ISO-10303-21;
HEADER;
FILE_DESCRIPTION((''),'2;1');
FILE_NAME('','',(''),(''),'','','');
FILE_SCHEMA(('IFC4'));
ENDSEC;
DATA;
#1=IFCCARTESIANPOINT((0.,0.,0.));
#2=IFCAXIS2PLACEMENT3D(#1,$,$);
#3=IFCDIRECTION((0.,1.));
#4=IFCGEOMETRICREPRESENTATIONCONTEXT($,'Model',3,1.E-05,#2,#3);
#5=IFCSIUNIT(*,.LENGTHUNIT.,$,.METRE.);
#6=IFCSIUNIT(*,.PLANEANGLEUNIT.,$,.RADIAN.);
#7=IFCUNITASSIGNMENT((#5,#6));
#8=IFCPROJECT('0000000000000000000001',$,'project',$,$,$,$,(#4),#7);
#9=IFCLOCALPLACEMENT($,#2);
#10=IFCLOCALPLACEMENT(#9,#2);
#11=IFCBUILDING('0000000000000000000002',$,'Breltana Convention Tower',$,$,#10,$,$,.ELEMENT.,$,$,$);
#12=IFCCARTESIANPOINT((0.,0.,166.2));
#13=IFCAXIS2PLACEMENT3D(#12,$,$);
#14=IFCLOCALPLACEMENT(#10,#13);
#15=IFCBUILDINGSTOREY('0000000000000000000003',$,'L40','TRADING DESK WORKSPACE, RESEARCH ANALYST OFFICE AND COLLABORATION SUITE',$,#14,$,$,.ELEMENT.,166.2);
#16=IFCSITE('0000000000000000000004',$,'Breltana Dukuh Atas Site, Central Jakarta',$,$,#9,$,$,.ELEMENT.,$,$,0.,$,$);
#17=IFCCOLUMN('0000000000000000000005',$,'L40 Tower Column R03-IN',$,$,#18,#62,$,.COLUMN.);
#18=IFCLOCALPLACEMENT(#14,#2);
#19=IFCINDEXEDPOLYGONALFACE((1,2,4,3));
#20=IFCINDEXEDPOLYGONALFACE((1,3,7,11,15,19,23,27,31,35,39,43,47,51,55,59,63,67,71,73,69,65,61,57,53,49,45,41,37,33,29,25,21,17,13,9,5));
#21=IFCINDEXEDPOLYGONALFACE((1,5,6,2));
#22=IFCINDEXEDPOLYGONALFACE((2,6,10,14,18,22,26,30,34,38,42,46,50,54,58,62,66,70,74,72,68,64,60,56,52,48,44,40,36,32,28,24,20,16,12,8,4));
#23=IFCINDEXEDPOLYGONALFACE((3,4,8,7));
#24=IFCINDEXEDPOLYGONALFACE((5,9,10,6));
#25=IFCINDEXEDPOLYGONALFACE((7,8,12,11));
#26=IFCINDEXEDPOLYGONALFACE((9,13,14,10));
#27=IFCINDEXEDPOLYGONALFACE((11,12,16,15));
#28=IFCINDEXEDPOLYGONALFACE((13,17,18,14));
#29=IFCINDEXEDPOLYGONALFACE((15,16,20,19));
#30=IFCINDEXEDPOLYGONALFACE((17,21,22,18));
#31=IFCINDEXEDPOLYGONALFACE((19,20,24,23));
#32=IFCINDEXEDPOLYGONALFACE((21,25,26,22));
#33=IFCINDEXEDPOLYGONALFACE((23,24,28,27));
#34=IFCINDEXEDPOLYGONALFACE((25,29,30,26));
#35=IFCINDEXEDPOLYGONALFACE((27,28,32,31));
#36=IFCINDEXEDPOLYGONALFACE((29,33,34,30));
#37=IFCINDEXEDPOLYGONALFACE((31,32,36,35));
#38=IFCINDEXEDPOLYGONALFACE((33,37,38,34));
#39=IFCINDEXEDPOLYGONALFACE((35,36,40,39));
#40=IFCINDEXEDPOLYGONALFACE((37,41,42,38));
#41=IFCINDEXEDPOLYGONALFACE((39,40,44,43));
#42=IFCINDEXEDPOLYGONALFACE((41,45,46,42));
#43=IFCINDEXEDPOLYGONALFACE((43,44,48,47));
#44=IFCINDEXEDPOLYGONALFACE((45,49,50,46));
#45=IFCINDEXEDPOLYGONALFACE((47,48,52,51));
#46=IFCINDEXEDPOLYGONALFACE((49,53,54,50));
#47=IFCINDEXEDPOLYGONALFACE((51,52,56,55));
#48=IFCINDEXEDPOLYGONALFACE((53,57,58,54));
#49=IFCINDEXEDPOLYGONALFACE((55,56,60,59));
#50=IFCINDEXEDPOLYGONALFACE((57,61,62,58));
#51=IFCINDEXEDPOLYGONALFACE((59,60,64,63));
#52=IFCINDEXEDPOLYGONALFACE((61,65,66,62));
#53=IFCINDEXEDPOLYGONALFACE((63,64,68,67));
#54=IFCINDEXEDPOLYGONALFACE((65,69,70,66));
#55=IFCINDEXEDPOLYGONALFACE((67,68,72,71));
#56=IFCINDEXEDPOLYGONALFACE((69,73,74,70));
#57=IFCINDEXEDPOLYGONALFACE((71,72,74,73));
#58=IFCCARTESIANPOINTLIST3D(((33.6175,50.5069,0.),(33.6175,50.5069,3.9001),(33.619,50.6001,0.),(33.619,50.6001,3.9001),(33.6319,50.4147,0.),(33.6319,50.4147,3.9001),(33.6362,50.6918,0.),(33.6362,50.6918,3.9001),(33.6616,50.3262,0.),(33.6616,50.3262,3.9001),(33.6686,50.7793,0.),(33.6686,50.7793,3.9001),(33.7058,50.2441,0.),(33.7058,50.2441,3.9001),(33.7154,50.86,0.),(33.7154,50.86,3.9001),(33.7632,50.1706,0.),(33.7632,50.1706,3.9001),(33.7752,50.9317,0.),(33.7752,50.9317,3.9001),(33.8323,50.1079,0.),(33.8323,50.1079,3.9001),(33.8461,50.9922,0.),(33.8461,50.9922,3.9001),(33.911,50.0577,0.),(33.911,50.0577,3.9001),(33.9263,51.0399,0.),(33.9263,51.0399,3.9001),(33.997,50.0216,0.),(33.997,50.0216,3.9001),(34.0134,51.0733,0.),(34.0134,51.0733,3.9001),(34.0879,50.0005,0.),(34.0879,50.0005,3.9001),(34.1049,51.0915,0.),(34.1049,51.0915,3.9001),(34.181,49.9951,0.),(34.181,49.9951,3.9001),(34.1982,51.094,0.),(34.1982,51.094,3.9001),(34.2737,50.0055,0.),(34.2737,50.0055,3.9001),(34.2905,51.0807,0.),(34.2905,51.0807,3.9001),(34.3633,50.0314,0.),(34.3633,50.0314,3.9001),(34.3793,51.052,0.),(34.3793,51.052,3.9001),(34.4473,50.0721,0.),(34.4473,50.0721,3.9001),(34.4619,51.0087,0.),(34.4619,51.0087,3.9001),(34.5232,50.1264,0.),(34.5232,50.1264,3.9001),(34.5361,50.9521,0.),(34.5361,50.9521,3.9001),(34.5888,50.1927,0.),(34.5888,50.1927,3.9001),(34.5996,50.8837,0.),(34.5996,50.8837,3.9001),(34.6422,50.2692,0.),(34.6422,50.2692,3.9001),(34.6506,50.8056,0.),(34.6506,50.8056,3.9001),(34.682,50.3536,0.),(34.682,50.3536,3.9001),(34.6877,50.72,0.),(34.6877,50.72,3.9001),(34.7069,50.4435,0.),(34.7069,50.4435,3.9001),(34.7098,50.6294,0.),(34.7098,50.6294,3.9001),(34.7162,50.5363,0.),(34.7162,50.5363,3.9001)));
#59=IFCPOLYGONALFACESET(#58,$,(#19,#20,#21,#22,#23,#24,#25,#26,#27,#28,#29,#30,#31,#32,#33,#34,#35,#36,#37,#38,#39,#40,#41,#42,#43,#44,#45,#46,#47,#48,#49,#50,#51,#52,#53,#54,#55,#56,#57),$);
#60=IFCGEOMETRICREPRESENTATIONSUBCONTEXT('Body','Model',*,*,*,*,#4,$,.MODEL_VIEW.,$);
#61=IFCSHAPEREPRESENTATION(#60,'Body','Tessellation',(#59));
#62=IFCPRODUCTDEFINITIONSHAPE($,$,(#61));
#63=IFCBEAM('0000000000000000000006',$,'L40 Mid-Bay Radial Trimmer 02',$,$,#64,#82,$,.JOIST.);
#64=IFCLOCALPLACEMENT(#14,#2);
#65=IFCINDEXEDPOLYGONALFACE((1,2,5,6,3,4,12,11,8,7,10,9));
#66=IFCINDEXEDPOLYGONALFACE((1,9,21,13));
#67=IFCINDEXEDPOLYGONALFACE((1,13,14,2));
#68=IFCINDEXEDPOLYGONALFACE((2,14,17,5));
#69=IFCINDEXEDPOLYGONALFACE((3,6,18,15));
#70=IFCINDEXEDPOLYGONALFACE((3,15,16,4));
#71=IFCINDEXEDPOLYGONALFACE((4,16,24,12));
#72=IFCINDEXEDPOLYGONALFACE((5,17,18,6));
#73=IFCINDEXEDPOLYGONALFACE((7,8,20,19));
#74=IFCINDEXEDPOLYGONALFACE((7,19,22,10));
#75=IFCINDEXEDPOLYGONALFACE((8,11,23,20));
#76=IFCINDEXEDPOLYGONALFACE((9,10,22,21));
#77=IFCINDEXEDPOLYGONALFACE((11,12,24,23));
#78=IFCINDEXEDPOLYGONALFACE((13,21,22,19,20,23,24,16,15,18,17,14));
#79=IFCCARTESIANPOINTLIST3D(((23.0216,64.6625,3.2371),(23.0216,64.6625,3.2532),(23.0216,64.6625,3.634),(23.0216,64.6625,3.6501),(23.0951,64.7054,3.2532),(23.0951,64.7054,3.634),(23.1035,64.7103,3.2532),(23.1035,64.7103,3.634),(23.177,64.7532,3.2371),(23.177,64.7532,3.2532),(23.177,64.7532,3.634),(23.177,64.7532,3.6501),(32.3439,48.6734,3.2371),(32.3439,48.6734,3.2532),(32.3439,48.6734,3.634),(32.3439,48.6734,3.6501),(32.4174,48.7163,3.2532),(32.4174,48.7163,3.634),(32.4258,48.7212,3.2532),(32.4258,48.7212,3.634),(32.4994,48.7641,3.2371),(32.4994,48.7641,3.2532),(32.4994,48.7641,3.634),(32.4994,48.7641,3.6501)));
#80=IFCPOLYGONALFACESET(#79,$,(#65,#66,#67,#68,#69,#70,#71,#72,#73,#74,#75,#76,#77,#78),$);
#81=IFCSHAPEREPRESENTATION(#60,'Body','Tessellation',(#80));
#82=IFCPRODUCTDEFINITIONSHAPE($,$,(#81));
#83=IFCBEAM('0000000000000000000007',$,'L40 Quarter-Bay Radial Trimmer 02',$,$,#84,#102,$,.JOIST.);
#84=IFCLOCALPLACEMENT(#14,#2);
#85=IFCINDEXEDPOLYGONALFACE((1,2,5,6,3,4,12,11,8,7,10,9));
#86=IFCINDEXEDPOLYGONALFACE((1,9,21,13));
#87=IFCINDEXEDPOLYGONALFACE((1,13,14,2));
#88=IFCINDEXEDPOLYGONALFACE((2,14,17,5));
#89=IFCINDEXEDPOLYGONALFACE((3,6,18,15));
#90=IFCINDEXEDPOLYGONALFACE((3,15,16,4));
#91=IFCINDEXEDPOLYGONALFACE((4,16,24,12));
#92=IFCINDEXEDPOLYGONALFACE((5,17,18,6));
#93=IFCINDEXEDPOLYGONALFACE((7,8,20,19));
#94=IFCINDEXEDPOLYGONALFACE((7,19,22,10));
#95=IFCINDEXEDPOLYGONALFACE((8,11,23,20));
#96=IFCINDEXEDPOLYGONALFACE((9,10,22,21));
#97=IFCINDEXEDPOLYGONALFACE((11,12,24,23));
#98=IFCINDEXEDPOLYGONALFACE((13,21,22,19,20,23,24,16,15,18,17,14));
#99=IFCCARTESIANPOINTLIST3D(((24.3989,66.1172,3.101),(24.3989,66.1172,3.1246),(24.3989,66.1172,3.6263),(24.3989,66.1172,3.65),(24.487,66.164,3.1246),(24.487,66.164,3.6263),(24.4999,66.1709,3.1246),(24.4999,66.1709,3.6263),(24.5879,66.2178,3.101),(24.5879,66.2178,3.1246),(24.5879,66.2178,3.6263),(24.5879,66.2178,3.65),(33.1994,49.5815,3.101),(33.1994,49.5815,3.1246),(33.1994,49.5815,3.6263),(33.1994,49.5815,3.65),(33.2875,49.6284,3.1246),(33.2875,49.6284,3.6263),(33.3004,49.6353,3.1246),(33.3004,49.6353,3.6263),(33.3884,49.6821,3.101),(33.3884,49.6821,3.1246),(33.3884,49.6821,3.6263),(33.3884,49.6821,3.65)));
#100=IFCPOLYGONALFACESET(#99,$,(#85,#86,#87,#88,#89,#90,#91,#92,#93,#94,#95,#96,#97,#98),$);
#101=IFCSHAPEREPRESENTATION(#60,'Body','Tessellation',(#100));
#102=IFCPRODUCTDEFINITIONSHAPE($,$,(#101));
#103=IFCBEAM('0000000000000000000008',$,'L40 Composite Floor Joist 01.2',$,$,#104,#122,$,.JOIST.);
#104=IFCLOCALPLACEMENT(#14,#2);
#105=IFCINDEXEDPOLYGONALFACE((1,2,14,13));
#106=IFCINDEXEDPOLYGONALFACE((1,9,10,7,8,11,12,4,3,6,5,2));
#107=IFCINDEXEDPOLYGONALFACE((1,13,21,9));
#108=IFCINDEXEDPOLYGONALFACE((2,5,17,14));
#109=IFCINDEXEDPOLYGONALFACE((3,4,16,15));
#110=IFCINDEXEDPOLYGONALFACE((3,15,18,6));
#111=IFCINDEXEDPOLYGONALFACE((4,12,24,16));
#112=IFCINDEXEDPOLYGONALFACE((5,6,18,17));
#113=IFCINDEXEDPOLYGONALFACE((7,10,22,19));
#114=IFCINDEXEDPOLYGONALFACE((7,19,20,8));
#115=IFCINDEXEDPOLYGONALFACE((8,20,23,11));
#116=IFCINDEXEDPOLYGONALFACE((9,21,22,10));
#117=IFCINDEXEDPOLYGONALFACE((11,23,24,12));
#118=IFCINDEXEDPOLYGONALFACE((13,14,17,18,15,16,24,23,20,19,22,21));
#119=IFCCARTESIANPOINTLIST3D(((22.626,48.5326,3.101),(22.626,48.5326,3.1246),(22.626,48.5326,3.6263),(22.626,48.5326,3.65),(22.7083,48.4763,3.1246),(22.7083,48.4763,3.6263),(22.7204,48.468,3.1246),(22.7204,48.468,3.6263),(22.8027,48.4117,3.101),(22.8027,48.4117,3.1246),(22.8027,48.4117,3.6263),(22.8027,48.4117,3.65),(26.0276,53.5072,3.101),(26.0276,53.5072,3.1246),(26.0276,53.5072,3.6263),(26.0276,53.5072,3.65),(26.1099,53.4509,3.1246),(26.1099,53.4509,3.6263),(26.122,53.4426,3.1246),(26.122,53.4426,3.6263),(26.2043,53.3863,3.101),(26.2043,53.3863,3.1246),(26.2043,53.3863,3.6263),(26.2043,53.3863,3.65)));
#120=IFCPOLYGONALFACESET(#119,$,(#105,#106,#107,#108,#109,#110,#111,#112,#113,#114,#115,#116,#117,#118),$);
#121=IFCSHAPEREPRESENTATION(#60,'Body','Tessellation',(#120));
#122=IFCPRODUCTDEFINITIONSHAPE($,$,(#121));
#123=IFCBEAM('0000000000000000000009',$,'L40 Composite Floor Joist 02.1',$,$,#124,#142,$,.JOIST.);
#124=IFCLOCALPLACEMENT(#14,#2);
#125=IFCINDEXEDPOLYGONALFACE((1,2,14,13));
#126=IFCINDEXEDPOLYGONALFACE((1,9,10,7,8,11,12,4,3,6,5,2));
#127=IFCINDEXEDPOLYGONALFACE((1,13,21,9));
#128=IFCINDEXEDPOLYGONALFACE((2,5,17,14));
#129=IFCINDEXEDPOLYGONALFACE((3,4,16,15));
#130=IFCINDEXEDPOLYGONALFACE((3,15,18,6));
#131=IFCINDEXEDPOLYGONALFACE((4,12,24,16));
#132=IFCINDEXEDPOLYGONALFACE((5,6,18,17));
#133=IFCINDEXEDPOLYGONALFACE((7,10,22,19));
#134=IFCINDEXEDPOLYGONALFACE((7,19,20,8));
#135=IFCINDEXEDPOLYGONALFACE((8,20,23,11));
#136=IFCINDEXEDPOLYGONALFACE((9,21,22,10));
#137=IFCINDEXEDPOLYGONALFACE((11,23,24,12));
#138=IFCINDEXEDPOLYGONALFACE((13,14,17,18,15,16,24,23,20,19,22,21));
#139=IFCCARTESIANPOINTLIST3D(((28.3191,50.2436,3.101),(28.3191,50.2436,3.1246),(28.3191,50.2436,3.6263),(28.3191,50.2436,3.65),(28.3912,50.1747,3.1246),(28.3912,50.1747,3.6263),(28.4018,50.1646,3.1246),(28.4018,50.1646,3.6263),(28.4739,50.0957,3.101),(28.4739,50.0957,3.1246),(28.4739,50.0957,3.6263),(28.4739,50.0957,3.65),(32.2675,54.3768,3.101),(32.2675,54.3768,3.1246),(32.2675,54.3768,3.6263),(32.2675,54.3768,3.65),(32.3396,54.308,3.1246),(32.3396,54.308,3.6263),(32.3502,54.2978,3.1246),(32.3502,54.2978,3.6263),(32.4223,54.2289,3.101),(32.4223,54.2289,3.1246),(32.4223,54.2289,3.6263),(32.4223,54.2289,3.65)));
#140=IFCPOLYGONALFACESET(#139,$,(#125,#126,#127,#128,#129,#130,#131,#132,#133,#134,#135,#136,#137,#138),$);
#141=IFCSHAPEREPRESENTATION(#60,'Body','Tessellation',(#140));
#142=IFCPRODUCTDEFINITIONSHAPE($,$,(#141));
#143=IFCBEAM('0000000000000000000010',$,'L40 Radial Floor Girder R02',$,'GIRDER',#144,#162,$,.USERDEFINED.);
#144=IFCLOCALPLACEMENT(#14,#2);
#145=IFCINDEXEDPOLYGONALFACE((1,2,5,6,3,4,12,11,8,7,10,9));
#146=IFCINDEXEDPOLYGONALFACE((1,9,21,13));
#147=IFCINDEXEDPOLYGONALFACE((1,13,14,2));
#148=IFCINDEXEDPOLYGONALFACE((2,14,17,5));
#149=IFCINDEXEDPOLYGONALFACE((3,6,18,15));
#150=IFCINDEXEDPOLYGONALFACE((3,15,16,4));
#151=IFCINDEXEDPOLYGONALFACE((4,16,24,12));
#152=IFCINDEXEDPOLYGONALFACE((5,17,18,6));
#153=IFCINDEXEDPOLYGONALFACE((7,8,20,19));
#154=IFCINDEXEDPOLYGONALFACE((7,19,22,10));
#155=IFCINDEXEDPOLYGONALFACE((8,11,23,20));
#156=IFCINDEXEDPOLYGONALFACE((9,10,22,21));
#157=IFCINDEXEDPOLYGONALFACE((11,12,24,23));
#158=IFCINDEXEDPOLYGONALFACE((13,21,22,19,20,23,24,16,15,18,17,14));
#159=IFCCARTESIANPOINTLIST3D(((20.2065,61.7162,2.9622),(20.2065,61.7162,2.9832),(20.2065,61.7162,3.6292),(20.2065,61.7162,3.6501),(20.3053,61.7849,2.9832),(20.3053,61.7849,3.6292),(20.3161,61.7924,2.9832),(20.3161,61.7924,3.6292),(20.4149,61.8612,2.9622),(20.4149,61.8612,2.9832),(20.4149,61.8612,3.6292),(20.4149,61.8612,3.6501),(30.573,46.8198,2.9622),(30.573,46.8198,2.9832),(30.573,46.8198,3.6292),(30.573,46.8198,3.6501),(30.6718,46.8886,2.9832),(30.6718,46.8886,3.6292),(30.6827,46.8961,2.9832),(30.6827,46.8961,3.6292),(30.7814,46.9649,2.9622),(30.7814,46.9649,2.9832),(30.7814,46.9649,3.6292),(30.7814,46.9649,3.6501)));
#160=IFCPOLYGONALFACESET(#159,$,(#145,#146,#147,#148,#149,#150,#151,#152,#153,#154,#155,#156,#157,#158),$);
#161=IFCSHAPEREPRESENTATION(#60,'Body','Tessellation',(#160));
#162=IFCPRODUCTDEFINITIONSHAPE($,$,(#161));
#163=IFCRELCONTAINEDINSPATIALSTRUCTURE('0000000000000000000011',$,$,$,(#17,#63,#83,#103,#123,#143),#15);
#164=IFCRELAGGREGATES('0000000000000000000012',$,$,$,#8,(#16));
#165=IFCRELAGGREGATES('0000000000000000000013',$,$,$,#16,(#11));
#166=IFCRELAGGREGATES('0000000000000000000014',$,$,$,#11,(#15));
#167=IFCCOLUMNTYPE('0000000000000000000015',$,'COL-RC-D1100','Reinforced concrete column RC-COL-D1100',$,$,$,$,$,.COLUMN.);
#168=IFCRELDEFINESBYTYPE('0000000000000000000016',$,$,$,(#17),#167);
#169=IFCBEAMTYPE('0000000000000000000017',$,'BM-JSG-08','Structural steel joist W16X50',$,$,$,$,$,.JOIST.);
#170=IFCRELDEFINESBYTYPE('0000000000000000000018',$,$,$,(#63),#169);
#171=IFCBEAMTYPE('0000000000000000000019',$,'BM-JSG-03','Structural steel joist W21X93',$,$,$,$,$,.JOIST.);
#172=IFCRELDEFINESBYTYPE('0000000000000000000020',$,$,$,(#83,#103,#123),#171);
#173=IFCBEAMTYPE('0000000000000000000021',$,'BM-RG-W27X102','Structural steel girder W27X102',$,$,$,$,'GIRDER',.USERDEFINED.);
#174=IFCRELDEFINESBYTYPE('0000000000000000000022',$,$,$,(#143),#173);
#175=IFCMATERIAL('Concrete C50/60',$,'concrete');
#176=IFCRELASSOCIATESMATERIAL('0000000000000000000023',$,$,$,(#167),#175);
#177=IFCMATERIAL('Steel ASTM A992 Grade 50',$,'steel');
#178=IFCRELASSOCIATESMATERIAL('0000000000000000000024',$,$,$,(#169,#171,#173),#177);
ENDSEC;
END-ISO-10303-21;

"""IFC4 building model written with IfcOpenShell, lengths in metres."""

from ifc_helpers import new_model, si_unit, direction, frame, origin, origin_2d, place, context, subcontext, project, spatial, circle, i_section, extrude, source, transform, mapped, material, material_profile, profile_set, type_object, element, save


model = new_model("IFC4")

# Units and contexts
model_context = context("Model", 3, precision=1e-05, world=origin(), true_north=direction((0.0, 1.0)))
body_context = subcontext(model_context, "Body", "Model", "MODEL_VIEW")
ifc_project = project(units=[si_unit("LENGTHUNIT", "METRE"), si_unit("PLANEANGLEUNIT", "RADIAN")], contexts=[model_context])

# Site, building, storey
site_placement = place(None, origin())
site = spatial("IfcSite", under=ifc_project, at=site_placement, Name="Breltana Dukuh Atas Site, Central Jakarta", CompositionType="ELEMENT", RefElevation=0.0)
building_placement = place(site_placement, origin())
building = spatial("IfcBuilding", under=site, at=building_placement, Name="Breltana Convention Tower", CompositionType="ELEMENT")
storey_placement = place(building_placement, frame((0.0, 0.0, 166.2)))
storey = spatial("IfcBuildingStorey", under=building, at=storey_placement, Name="L40", Description="TRADING DESK WORKSPACE, RESEARCH ANALYST OFFICE AND COLLABORATION SUITE", CompositionType="ELEMENT", Elevation=166.2)

# Column
ifc_material_1 = material(Name="Concrete C50/60", Category="concrete")
ifc_material_profile_1 = material_profile(ifc_material_1, circle(Radius=0.55, at=origin_2d()), Name="RC-COL-D1100")
ifc_profile_set_1 = profile_set([ifc_material_profile_1], Name="Concrete C50/60")
column_type = type_object("IfcColumnType", Name="COL-RC-D1100", Description="Reinforced concrete column RC-COL-D1100", PredefinedType="COLUMN", material=ifc_profile_set_1)
shared_shape_1 = source(origin(), body_context, "Body", "SweptSolid", [
    extrude(circle(Radius=0.55, at=origin_2d()), origin(), (0.0, 0.0, 1.0), 3.9001),
])
for number, where, z_axis, x_axis, name in (
    (1, (34.1663, 50.5449, 0.0), (0.0, 0.0, 1.0), (-0.436174, 0.899863, 0.0), "L40 Tower Column R03-IN"),
):
    element("IfcColumn", number, at=place(storey_placement, frame(where, z_axis=z_axis, x_axis=x_axis)), inside=storey, type_object=column_type, Name=name, PredefinedType="COLUMN", context=body_context, shape_type="MappedRepresentation", body=[
        mapped(shared_shape_1, transform((0.0, 0.0, 0.0), scale=1.0)),
    ])

# Beams
ifc_material_2 = material(Name="Steel ASTM A992 Grade 50", Category="steel")
ifc_material_profile_2 = material_profile(ifc_material_2, i_section(OverallWidth=0.1799, OverallDepth=0.4131, WebThickness=0.0098, FlangeThickness=0.0161, at=origin_2d()), Name="W16X50")
ifc_profile_set_2 = profile_set([ifc_material_profile_2], Name="Steel ASTM A992 Grade 50")
beam_type_1 = type_object("IfcBeamType", Name="BM-JSG-08", Description="Structural steel joist W16X50", PredefinedType="JOIST", material=ifc_profile_set_2)
shared_shape_2 = source(origin(), body_context, "Body", "SweptSolid", [
    extrude(i_section(OverallWidth=0.1799, OverallDepth=0.4131, WebThickness=0.0098, FlangeThickness=0.0161, at=origin_2d()), origin(), (0.0, 0.0, 1.0), 18.5083),
])
beam_1_placement = place(storey_placement, frame((32.4216, 48.7188, 3.4436), z_axis=(-0.503683, 0.863888, 0.0), x_axis=(-0.863888, -0.503683, 0.0)))
element("IfcBeam", 2, at=beam_1_placement, inside=storey, type_object=beam_type_1, Name="L40 Mid-Bay Radial Trimmer 02", PredefinedType="JOIST", context=body_context, shape_type="MappedRepresentation", body=[
    mapped(shared_shape_2, transform((0.0, 0.0, 0.0), scale=1.0)),
])
ifc_material_profile_3 = material_profile(ifc_material_2, i_section(OverallWidth=0.2141, OverallDepth=0.5491, WebThickness=0.0146, FlangeThickness=0.0237, at=origin_2d()), Name="W21X93")
ifc_profile_set_3 = profile_set([ifc_material_profile_3], Name="Steel ASTM A992 Grade 50")
beam_type_2 = type_object("IfcBeamType", Name="BM-JSG-03", Description="Structural steel joist W21X93", PredefinedType="JOIST", material=ifc_profile_set_3)
shared_shape_3 = source(origin(), body_context, "Body", "SweptSolid", [
    extrude(i_section(OverallWidth=0.2141, OverallDepth=0.5491, WebThickness=0.0146, FlangeThickness=0.0237, at=origin_2d()), origin(), (0.0, 0.0, 1.0), 18.7317),
])
beam_2_placement = place(storey_placement, frame((33.2939, 49.6318, 3.3755), z_axis=(-0.46982, 0.882762, 0.0), x_axis=(-0.882762, -0.46982, 0.0)))
element("IfcBeam", 3, at=beam_2_placement, inside=storey, type_object=beam_type_2, Name="L40 Quarter-Bay Radial Trimmer 02", PredefinedType="JOIST", context=body_context, shape_type="MappedRepresentation", body=[
    mapped(shared_shape_3, transform((0.0, 0.0, 0.0), scale=1.0)),
])
shared_shape_4 = source(origin(), body_context, "Body", "SweptSolid", [
    extrude(i_section(OverallWidth=0.2141, OverallDepth=0.5491, WebThickness=0.0146, FlangeThickness=0.0237, at=origin_2d()), origin(), (0.0, 0.0, 1.0), 6.0264),
])
beam_3_placement = place(storey_placement, frame((22.7144, 48.4722, 3.3755), z_axis=(0.56445, 0.825467, 0.0), x_axis=(-0.825467, 0.56445, 0.0)))
element("IfcBeam", 4, at=beam_3_placement, inside=storey, type_object=beam_type_2, Name="L40 Composite Floor Joist 01.2", PredefinedType="JOIST", context=body_context, shape_type="MappedRepresentation", body=[
    mapped(shared_shape_4, transform((0.0, 0.0, 0.0), scale=1.0)),
])
shared_shape_5 = source(origin(), body_context, "Body", "SweptSolid", [
    extrude(i_section(OverallWidth=0.2141, OverallDepth=0.5491, WebThickness=0.0146, FlangeThickness=0.0237, at=origin_2d()), origin(), (0.0, 0.0, 1.0), 5.7161),
])
beam_4_placement = place(storey_placement, frame((28.3965, 50.1697, 3.3755), z_axis=(0.690756, 0.723088, 0.0), x_axis=(-0.723088, 0.690756, 0.0)))
element("IfcBeam", 5, at=beam_4_placement, inside=storey, type_object=beam_type_2, Name="L40 Composite Floor Joist 02.1", PredefinedType="JOIST", context=body_context, shape_type="MappedRepresentation", body=[
    mapped(shared_shape_5, transform((0.0, 0.0, 0.0), scale=1.0)),
])
ifc_material_profile_4 = material_profile(ifc_material_2, i_section(OverallWidth=0.2539, OverallDepth=0.688, WebThickness=0.0132, FlangeThickness=0.021, at=origin_2d()), Name="W27X102")
ifc_profile_set_4 = profile_set([ifc_material_profile_4], Name="Steel ASTM A992 Grade 50")
beam_type_3 = type_object("IfcBeamType", Name="BM-RG-W27X102", Description="Structural steel girder W27X102", ElementType="GIRDER", PredefinedType="USERDEFINED", material=ifc_profile_set_4)
shared_shape_6 = source(origin(), body_context, "Body", "SweptSolid", [
    extrude(i_section(OverallWidth=0.2539, OverallDepth=0.688, WebThickness=0.0132, FlangeThickness=0.021, at=origin_2d()), origin(), (0.0, 0.0, 1.0), 18.1484),
])
beam_5_placement = place(storey_placement, frame((30.6772, 46.8923, 3.3062), z_axis=(-0.571208, 0.820806, 0.0), x_axis=(-0.820806, -0.571208, 0.0)))
element("IfcBeam", 6, at=beam_5_placement, inside=storey, type_object=beam_type_3, Name="L40 Radial Floor Girder R02", ObjectType="GIRDER", PredefinedType="USERDEFINED", context=body_context, shape_type="MappedRepresentation", body=[
    mapped(shared_shape_6, transform((0.0, 0.0, 0.0), scale=1.0)),
])

save(model, "model.ifc")
